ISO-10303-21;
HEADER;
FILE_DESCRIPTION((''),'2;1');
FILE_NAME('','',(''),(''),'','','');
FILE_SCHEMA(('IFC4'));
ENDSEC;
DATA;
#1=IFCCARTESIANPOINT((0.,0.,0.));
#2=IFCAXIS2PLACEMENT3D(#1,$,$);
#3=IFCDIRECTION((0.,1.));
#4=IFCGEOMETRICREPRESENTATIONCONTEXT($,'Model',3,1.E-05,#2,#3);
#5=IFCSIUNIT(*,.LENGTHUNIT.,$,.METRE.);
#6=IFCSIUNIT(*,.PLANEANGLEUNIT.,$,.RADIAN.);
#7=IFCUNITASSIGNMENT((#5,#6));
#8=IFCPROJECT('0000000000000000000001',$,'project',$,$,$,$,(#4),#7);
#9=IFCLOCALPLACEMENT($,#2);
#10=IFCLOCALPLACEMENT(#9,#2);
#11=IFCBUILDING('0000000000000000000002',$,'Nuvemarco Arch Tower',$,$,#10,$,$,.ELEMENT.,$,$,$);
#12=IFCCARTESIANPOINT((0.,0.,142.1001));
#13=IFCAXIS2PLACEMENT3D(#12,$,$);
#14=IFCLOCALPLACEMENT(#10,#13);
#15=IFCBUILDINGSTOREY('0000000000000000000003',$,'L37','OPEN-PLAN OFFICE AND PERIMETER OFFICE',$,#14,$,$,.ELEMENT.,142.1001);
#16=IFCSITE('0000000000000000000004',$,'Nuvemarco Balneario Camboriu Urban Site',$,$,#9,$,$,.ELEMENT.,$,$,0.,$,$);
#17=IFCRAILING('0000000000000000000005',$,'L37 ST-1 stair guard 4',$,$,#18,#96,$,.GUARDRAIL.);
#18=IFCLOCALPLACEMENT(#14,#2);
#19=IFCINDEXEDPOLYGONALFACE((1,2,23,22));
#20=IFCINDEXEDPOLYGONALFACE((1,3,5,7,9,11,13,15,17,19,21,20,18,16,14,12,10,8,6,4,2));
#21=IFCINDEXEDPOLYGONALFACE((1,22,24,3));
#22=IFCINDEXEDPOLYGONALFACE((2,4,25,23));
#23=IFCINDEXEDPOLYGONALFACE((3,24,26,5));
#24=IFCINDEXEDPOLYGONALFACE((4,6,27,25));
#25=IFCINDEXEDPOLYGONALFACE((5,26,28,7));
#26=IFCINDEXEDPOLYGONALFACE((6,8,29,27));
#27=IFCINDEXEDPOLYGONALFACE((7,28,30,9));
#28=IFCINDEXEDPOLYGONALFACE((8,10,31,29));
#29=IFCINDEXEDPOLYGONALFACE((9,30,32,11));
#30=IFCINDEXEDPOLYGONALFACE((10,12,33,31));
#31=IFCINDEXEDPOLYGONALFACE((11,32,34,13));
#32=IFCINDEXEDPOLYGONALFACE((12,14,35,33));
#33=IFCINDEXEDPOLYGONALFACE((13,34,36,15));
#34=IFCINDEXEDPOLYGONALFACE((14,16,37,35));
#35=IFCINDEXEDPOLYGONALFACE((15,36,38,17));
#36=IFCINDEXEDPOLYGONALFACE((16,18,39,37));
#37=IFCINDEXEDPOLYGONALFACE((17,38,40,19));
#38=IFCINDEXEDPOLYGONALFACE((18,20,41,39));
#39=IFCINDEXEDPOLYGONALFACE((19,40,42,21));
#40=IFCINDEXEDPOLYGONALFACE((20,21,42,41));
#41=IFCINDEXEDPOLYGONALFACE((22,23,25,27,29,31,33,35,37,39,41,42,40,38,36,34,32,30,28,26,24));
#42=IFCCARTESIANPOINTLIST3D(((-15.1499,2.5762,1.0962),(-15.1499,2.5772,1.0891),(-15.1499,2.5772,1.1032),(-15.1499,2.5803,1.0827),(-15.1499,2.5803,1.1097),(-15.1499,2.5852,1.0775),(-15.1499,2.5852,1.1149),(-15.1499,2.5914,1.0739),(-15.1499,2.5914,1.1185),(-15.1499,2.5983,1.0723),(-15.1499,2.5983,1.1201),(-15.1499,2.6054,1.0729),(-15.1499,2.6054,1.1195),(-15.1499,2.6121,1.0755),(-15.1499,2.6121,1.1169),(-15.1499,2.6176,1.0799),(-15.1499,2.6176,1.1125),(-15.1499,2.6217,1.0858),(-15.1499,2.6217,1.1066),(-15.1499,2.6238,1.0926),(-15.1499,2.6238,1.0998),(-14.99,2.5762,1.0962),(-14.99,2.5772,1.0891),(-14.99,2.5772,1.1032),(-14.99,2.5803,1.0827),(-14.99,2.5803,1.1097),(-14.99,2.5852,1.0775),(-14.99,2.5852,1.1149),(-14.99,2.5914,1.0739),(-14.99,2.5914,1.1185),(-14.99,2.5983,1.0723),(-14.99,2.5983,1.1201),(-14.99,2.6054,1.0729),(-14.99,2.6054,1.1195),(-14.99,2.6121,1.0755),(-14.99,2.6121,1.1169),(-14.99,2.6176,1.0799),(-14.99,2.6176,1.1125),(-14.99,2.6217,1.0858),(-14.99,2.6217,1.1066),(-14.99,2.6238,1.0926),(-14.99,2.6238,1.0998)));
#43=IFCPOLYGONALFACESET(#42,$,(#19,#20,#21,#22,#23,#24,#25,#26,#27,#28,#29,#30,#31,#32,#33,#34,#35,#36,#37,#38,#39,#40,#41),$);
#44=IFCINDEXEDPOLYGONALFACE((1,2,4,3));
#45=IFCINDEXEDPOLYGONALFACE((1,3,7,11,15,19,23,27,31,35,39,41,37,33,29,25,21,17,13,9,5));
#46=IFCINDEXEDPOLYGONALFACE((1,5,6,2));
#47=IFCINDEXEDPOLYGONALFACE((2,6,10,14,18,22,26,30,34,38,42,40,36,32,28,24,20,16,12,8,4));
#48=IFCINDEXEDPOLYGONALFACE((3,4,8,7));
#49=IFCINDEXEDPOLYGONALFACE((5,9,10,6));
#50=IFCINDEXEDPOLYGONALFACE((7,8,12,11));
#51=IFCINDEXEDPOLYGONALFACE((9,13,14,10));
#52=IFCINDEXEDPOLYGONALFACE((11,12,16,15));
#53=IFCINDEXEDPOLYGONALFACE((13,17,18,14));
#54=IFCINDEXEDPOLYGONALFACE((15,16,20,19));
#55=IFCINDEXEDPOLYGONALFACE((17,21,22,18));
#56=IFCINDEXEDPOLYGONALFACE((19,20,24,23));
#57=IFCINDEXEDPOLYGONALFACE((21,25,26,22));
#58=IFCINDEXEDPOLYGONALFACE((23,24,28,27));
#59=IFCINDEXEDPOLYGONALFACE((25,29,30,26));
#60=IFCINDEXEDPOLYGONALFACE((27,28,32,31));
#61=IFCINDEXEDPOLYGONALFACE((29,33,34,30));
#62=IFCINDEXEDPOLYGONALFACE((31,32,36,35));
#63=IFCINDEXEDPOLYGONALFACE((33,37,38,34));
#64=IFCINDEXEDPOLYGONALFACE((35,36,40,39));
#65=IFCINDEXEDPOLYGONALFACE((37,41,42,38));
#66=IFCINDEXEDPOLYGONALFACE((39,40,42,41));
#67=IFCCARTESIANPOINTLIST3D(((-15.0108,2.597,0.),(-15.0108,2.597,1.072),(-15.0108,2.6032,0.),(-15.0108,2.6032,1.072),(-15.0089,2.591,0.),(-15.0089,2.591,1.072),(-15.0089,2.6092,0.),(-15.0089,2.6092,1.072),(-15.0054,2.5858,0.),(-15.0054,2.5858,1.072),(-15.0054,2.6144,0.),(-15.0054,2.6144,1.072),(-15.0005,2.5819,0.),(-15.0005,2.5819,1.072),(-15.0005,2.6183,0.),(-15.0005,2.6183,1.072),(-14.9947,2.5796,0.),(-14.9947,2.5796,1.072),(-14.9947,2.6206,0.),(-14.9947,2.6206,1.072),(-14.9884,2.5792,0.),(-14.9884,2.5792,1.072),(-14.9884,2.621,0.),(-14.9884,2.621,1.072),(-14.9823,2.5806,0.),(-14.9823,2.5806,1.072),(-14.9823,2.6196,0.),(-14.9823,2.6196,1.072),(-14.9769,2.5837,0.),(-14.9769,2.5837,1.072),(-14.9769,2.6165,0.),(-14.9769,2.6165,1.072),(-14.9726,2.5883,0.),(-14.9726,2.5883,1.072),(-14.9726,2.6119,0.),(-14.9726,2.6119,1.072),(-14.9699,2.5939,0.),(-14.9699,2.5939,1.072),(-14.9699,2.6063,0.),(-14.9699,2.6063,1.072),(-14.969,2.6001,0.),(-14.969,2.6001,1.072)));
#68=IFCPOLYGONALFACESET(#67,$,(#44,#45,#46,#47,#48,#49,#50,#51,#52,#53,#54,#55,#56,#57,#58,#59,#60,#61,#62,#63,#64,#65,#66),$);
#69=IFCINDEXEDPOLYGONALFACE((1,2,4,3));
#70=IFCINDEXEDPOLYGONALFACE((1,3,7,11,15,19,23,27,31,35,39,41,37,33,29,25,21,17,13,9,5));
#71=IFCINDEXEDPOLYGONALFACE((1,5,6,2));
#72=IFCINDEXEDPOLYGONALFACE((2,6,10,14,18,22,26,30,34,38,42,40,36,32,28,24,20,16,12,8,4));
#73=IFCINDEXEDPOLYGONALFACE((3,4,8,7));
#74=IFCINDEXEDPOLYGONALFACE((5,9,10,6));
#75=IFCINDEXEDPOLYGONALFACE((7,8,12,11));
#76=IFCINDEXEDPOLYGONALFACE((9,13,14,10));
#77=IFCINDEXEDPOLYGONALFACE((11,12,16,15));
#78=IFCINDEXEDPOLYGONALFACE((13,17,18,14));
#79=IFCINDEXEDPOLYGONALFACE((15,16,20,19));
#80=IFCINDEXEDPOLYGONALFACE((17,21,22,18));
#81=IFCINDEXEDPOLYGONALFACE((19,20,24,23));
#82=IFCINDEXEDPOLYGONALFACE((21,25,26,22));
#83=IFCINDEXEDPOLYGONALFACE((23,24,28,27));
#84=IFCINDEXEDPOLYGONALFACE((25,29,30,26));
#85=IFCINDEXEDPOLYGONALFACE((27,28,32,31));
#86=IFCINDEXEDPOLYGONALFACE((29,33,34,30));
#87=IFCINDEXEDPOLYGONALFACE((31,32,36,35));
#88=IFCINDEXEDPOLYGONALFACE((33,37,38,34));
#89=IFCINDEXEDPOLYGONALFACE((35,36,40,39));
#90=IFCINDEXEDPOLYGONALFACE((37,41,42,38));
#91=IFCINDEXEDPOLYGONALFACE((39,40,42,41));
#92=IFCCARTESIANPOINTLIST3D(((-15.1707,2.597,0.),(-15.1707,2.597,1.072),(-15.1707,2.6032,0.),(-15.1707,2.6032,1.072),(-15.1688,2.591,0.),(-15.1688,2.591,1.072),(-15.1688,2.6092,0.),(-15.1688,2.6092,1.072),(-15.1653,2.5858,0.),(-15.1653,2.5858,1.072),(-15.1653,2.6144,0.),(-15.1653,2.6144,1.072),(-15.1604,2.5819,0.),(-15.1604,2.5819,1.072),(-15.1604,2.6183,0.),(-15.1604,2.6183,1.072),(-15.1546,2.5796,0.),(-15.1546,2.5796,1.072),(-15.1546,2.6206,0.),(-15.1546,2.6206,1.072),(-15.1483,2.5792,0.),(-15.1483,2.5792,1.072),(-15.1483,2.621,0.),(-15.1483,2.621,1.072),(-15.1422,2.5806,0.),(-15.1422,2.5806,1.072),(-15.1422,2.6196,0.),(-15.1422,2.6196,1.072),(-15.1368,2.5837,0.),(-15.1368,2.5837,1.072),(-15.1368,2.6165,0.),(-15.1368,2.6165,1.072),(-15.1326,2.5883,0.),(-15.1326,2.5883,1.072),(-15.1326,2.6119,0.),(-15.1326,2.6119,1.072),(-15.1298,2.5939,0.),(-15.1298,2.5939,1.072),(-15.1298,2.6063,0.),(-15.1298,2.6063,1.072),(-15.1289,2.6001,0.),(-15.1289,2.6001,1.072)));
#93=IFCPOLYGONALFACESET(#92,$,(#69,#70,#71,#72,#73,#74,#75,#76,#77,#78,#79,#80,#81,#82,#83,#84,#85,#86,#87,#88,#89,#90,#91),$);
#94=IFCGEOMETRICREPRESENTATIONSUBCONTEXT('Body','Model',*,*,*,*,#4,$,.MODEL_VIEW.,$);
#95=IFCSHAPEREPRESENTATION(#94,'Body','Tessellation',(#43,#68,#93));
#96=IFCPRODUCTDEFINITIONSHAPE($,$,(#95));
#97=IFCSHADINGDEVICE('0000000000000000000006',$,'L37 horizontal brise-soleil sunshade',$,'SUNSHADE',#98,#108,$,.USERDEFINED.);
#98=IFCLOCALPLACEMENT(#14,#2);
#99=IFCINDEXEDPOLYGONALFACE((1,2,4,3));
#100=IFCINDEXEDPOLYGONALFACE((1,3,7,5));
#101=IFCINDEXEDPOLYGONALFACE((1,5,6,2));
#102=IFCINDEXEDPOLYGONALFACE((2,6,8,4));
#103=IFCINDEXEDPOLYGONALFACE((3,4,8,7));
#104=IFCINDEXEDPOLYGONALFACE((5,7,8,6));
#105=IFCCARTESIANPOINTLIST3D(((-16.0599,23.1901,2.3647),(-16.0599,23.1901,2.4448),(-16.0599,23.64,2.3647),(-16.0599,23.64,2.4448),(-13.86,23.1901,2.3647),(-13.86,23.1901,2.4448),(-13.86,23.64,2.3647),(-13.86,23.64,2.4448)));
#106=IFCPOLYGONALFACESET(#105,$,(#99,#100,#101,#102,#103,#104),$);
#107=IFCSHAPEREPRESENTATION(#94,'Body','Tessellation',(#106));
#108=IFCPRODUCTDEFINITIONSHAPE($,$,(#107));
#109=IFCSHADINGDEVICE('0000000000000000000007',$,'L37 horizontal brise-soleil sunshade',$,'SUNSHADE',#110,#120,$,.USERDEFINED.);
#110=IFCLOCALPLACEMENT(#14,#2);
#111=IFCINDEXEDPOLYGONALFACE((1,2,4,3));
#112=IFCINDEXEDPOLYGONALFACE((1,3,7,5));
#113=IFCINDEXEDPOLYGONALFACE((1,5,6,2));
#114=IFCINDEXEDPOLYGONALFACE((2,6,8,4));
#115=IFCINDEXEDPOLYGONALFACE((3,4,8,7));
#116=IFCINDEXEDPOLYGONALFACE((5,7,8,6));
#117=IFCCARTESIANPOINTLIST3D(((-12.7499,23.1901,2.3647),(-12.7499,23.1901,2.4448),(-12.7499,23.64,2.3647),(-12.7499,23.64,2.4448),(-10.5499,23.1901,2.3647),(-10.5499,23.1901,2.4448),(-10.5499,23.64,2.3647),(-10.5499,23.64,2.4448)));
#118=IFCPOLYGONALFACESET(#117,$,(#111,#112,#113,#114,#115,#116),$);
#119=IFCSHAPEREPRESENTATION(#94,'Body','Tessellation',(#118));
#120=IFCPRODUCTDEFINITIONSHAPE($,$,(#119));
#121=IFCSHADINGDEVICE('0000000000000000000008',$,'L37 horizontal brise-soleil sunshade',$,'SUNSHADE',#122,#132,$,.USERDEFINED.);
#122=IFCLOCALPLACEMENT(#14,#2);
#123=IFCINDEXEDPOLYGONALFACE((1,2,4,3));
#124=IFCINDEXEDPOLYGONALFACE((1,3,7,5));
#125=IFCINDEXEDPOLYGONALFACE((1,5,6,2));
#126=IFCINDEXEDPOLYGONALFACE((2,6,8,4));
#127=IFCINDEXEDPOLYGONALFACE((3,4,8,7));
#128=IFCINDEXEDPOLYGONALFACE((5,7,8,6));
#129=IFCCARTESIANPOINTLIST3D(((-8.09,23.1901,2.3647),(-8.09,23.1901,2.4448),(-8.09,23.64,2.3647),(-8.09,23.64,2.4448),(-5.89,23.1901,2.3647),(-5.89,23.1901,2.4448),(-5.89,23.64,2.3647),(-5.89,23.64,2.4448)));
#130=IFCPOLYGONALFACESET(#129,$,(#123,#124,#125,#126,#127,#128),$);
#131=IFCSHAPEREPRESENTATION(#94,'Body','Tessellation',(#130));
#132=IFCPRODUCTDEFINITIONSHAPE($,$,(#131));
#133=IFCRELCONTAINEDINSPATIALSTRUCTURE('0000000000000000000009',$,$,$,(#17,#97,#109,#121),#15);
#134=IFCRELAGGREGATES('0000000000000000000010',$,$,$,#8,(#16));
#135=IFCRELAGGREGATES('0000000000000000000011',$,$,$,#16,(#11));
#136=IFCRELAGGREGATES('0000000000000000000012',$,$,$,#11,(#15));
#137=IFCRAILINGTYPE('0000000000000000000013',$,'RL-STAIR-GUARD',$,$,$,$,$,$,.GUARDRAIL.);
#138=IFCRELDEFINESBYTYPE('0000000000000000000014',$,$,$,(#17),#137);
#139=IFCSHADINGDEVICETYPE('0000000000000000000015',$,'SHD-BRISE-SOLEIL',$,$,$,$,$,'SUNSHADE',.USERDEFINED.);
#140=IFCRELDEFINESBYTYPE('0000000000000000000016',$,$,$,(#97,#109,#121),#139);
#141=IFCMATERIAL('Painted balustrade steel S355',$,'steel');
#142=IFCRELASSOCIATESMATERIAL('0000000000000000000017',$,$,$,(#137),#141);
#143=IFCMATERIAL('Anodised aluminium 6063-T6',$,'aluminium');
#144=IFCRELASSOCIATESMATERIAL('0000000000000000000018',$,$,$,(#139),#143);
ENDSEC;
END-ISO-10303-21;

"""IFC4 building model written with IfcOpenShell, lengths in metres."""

from ifc_helpers import new_model, si_unit, direction, frame, origin, origin_2d, place, context, subcontext, project, spatial, rectangle, circle, extrude, source, transform, mapped, material, type_object, type_shapes, element, save


model = new_model("IFC4")

# Units and contexts
model_context = context("Model", 3, precision=1e-05, world=origin(), true_north=direction((0.0, 1.0)))
body_context = subcontext(model_context, "Body", "Model", "MODEL_VIEW")
ifc_project = project(units=[si_unit("LENGTHUNIT", "METRE"), si_unit("PLANEANGLEUNIT", "RADIAN")], contexts=[model_context])

# Site, building, storey
site_placement = place(None, origin())
site = spatial("IfcSite", under=ifc_project, at=site_placement, Name="Nuvemarco Balneario Camboriu Urban Site", CompositionType="ELEMENT", RefElevation=0.0)
building_placement = place(site_placement, origin())
building = spatial("IfcBuilding", under=site, at=building_placement, Name="Nuvemarco Arch Tower", CompositionType="ELEMENT")
storey_placement = place(building_placement, frame((0.0, 0.0, 142.1001)))
storey = spatial("IfcBuildingStorey", under=building, at=storey_placement, Name="L37", Description="OPEN-PLAN OFFICE AND PERIMETER OFFICE", CompositionType="ELEMENT", Elevation=142.1001)

# Railing
ifc_material_1 = material(Name="Painted balustrade steel S355", Category="steel")
railing_type_1 = type_object("IfcRailingType", Name="RL-STAIR-GUARD", PredefinedType="GUARDRAIL", material=ifc_material_1)
railing_1_placement = place(storey_placement, frame((-14.99, 2.6001, 0.0)))
element("IfcRailing", 1, at=railing_1_placement, inside=storey, type_object=railing_type_1, Name="L37 ST-1 stair guard 4", PredefinedType="GUARDRAIL", context=body_context, shape_type="SweptSolid", body=[
    extrude(circle(Radius=0.0239, at=origin_2d()), frame((0.0, 0.0, 1.0962), z_axis=(-1.0, 0.0, 0.0), x_axis=(0.0, -1.0, 0.0)), (0.0, 0.0, 1.0), 0.1599),
    extrude(circle(Radius=0.021, at=origin_2d()), origin(), (0.0, 0.0, 1.0), 1.072),
    extrude(circle(Radius=0.021, at=origin_2d()), frame((-0.1599, 0.0, 0.0)), (0.0, 0.0, 1.0), 1.072),
])

# Shading devices
ifc_material_2 = material(Name="Anodised aluminium 6063-T6", Category="aluminium")
shading_device_type = type_object("IfcShadingDeviceType", Name="SHD-BRISE-SOLEIL", ElementType="SUNSHADE", PredefinedType="USERDEFINED", material=ifc_material_2)
shared_shape_1 = source(origin(), body_context, "Body", "SweptSolid", [
    extrude(rectangle(XDim=2.2, YDim=0.45, at=origin_2d()), origin(), (0.0, 0.0, 1.0), 0.0801),
])
type_shapes(shading_device_type, [shared_shape_1])
for number, where, z_axis, x_axis, name in (
    (2, (-14.96, 23.415, 2.3647), (0.0, 0.0, 1.0), (1.0, 0.0, 0.0), "L37 horizontal brise-soleil sunshade"),
    (3, (-11.6499, 23.415, 2.3647), (0.0, 0.0, 1.0), (1.0, 0.0, 0.0), "L37 horizontal brise-soleil sunshade"),
    (4, (-6.99, 23.415, 2.3647), (0.0, 0.0, 1.0), (1.0, 0.0, 0.0), "L37 horizontal brise-soleil sunshade"),
):
    element("IfcShadingDevice", number, at=place(storey_placement, frame(where, z_axis=z_axis, x_axis=x_axis)), inside=storey, type_object=shading_device_type, Name=name, ObjectType="SUNSHADE", PredefinedType="USERDEFINED", context=body_context, shape_type="MappedRepresentation", body=[
        mapped(shared_shape_1, transform((0.0, 0.0, 0.0), scale=1.0)),
    ])

save(model, "model.ifc")
